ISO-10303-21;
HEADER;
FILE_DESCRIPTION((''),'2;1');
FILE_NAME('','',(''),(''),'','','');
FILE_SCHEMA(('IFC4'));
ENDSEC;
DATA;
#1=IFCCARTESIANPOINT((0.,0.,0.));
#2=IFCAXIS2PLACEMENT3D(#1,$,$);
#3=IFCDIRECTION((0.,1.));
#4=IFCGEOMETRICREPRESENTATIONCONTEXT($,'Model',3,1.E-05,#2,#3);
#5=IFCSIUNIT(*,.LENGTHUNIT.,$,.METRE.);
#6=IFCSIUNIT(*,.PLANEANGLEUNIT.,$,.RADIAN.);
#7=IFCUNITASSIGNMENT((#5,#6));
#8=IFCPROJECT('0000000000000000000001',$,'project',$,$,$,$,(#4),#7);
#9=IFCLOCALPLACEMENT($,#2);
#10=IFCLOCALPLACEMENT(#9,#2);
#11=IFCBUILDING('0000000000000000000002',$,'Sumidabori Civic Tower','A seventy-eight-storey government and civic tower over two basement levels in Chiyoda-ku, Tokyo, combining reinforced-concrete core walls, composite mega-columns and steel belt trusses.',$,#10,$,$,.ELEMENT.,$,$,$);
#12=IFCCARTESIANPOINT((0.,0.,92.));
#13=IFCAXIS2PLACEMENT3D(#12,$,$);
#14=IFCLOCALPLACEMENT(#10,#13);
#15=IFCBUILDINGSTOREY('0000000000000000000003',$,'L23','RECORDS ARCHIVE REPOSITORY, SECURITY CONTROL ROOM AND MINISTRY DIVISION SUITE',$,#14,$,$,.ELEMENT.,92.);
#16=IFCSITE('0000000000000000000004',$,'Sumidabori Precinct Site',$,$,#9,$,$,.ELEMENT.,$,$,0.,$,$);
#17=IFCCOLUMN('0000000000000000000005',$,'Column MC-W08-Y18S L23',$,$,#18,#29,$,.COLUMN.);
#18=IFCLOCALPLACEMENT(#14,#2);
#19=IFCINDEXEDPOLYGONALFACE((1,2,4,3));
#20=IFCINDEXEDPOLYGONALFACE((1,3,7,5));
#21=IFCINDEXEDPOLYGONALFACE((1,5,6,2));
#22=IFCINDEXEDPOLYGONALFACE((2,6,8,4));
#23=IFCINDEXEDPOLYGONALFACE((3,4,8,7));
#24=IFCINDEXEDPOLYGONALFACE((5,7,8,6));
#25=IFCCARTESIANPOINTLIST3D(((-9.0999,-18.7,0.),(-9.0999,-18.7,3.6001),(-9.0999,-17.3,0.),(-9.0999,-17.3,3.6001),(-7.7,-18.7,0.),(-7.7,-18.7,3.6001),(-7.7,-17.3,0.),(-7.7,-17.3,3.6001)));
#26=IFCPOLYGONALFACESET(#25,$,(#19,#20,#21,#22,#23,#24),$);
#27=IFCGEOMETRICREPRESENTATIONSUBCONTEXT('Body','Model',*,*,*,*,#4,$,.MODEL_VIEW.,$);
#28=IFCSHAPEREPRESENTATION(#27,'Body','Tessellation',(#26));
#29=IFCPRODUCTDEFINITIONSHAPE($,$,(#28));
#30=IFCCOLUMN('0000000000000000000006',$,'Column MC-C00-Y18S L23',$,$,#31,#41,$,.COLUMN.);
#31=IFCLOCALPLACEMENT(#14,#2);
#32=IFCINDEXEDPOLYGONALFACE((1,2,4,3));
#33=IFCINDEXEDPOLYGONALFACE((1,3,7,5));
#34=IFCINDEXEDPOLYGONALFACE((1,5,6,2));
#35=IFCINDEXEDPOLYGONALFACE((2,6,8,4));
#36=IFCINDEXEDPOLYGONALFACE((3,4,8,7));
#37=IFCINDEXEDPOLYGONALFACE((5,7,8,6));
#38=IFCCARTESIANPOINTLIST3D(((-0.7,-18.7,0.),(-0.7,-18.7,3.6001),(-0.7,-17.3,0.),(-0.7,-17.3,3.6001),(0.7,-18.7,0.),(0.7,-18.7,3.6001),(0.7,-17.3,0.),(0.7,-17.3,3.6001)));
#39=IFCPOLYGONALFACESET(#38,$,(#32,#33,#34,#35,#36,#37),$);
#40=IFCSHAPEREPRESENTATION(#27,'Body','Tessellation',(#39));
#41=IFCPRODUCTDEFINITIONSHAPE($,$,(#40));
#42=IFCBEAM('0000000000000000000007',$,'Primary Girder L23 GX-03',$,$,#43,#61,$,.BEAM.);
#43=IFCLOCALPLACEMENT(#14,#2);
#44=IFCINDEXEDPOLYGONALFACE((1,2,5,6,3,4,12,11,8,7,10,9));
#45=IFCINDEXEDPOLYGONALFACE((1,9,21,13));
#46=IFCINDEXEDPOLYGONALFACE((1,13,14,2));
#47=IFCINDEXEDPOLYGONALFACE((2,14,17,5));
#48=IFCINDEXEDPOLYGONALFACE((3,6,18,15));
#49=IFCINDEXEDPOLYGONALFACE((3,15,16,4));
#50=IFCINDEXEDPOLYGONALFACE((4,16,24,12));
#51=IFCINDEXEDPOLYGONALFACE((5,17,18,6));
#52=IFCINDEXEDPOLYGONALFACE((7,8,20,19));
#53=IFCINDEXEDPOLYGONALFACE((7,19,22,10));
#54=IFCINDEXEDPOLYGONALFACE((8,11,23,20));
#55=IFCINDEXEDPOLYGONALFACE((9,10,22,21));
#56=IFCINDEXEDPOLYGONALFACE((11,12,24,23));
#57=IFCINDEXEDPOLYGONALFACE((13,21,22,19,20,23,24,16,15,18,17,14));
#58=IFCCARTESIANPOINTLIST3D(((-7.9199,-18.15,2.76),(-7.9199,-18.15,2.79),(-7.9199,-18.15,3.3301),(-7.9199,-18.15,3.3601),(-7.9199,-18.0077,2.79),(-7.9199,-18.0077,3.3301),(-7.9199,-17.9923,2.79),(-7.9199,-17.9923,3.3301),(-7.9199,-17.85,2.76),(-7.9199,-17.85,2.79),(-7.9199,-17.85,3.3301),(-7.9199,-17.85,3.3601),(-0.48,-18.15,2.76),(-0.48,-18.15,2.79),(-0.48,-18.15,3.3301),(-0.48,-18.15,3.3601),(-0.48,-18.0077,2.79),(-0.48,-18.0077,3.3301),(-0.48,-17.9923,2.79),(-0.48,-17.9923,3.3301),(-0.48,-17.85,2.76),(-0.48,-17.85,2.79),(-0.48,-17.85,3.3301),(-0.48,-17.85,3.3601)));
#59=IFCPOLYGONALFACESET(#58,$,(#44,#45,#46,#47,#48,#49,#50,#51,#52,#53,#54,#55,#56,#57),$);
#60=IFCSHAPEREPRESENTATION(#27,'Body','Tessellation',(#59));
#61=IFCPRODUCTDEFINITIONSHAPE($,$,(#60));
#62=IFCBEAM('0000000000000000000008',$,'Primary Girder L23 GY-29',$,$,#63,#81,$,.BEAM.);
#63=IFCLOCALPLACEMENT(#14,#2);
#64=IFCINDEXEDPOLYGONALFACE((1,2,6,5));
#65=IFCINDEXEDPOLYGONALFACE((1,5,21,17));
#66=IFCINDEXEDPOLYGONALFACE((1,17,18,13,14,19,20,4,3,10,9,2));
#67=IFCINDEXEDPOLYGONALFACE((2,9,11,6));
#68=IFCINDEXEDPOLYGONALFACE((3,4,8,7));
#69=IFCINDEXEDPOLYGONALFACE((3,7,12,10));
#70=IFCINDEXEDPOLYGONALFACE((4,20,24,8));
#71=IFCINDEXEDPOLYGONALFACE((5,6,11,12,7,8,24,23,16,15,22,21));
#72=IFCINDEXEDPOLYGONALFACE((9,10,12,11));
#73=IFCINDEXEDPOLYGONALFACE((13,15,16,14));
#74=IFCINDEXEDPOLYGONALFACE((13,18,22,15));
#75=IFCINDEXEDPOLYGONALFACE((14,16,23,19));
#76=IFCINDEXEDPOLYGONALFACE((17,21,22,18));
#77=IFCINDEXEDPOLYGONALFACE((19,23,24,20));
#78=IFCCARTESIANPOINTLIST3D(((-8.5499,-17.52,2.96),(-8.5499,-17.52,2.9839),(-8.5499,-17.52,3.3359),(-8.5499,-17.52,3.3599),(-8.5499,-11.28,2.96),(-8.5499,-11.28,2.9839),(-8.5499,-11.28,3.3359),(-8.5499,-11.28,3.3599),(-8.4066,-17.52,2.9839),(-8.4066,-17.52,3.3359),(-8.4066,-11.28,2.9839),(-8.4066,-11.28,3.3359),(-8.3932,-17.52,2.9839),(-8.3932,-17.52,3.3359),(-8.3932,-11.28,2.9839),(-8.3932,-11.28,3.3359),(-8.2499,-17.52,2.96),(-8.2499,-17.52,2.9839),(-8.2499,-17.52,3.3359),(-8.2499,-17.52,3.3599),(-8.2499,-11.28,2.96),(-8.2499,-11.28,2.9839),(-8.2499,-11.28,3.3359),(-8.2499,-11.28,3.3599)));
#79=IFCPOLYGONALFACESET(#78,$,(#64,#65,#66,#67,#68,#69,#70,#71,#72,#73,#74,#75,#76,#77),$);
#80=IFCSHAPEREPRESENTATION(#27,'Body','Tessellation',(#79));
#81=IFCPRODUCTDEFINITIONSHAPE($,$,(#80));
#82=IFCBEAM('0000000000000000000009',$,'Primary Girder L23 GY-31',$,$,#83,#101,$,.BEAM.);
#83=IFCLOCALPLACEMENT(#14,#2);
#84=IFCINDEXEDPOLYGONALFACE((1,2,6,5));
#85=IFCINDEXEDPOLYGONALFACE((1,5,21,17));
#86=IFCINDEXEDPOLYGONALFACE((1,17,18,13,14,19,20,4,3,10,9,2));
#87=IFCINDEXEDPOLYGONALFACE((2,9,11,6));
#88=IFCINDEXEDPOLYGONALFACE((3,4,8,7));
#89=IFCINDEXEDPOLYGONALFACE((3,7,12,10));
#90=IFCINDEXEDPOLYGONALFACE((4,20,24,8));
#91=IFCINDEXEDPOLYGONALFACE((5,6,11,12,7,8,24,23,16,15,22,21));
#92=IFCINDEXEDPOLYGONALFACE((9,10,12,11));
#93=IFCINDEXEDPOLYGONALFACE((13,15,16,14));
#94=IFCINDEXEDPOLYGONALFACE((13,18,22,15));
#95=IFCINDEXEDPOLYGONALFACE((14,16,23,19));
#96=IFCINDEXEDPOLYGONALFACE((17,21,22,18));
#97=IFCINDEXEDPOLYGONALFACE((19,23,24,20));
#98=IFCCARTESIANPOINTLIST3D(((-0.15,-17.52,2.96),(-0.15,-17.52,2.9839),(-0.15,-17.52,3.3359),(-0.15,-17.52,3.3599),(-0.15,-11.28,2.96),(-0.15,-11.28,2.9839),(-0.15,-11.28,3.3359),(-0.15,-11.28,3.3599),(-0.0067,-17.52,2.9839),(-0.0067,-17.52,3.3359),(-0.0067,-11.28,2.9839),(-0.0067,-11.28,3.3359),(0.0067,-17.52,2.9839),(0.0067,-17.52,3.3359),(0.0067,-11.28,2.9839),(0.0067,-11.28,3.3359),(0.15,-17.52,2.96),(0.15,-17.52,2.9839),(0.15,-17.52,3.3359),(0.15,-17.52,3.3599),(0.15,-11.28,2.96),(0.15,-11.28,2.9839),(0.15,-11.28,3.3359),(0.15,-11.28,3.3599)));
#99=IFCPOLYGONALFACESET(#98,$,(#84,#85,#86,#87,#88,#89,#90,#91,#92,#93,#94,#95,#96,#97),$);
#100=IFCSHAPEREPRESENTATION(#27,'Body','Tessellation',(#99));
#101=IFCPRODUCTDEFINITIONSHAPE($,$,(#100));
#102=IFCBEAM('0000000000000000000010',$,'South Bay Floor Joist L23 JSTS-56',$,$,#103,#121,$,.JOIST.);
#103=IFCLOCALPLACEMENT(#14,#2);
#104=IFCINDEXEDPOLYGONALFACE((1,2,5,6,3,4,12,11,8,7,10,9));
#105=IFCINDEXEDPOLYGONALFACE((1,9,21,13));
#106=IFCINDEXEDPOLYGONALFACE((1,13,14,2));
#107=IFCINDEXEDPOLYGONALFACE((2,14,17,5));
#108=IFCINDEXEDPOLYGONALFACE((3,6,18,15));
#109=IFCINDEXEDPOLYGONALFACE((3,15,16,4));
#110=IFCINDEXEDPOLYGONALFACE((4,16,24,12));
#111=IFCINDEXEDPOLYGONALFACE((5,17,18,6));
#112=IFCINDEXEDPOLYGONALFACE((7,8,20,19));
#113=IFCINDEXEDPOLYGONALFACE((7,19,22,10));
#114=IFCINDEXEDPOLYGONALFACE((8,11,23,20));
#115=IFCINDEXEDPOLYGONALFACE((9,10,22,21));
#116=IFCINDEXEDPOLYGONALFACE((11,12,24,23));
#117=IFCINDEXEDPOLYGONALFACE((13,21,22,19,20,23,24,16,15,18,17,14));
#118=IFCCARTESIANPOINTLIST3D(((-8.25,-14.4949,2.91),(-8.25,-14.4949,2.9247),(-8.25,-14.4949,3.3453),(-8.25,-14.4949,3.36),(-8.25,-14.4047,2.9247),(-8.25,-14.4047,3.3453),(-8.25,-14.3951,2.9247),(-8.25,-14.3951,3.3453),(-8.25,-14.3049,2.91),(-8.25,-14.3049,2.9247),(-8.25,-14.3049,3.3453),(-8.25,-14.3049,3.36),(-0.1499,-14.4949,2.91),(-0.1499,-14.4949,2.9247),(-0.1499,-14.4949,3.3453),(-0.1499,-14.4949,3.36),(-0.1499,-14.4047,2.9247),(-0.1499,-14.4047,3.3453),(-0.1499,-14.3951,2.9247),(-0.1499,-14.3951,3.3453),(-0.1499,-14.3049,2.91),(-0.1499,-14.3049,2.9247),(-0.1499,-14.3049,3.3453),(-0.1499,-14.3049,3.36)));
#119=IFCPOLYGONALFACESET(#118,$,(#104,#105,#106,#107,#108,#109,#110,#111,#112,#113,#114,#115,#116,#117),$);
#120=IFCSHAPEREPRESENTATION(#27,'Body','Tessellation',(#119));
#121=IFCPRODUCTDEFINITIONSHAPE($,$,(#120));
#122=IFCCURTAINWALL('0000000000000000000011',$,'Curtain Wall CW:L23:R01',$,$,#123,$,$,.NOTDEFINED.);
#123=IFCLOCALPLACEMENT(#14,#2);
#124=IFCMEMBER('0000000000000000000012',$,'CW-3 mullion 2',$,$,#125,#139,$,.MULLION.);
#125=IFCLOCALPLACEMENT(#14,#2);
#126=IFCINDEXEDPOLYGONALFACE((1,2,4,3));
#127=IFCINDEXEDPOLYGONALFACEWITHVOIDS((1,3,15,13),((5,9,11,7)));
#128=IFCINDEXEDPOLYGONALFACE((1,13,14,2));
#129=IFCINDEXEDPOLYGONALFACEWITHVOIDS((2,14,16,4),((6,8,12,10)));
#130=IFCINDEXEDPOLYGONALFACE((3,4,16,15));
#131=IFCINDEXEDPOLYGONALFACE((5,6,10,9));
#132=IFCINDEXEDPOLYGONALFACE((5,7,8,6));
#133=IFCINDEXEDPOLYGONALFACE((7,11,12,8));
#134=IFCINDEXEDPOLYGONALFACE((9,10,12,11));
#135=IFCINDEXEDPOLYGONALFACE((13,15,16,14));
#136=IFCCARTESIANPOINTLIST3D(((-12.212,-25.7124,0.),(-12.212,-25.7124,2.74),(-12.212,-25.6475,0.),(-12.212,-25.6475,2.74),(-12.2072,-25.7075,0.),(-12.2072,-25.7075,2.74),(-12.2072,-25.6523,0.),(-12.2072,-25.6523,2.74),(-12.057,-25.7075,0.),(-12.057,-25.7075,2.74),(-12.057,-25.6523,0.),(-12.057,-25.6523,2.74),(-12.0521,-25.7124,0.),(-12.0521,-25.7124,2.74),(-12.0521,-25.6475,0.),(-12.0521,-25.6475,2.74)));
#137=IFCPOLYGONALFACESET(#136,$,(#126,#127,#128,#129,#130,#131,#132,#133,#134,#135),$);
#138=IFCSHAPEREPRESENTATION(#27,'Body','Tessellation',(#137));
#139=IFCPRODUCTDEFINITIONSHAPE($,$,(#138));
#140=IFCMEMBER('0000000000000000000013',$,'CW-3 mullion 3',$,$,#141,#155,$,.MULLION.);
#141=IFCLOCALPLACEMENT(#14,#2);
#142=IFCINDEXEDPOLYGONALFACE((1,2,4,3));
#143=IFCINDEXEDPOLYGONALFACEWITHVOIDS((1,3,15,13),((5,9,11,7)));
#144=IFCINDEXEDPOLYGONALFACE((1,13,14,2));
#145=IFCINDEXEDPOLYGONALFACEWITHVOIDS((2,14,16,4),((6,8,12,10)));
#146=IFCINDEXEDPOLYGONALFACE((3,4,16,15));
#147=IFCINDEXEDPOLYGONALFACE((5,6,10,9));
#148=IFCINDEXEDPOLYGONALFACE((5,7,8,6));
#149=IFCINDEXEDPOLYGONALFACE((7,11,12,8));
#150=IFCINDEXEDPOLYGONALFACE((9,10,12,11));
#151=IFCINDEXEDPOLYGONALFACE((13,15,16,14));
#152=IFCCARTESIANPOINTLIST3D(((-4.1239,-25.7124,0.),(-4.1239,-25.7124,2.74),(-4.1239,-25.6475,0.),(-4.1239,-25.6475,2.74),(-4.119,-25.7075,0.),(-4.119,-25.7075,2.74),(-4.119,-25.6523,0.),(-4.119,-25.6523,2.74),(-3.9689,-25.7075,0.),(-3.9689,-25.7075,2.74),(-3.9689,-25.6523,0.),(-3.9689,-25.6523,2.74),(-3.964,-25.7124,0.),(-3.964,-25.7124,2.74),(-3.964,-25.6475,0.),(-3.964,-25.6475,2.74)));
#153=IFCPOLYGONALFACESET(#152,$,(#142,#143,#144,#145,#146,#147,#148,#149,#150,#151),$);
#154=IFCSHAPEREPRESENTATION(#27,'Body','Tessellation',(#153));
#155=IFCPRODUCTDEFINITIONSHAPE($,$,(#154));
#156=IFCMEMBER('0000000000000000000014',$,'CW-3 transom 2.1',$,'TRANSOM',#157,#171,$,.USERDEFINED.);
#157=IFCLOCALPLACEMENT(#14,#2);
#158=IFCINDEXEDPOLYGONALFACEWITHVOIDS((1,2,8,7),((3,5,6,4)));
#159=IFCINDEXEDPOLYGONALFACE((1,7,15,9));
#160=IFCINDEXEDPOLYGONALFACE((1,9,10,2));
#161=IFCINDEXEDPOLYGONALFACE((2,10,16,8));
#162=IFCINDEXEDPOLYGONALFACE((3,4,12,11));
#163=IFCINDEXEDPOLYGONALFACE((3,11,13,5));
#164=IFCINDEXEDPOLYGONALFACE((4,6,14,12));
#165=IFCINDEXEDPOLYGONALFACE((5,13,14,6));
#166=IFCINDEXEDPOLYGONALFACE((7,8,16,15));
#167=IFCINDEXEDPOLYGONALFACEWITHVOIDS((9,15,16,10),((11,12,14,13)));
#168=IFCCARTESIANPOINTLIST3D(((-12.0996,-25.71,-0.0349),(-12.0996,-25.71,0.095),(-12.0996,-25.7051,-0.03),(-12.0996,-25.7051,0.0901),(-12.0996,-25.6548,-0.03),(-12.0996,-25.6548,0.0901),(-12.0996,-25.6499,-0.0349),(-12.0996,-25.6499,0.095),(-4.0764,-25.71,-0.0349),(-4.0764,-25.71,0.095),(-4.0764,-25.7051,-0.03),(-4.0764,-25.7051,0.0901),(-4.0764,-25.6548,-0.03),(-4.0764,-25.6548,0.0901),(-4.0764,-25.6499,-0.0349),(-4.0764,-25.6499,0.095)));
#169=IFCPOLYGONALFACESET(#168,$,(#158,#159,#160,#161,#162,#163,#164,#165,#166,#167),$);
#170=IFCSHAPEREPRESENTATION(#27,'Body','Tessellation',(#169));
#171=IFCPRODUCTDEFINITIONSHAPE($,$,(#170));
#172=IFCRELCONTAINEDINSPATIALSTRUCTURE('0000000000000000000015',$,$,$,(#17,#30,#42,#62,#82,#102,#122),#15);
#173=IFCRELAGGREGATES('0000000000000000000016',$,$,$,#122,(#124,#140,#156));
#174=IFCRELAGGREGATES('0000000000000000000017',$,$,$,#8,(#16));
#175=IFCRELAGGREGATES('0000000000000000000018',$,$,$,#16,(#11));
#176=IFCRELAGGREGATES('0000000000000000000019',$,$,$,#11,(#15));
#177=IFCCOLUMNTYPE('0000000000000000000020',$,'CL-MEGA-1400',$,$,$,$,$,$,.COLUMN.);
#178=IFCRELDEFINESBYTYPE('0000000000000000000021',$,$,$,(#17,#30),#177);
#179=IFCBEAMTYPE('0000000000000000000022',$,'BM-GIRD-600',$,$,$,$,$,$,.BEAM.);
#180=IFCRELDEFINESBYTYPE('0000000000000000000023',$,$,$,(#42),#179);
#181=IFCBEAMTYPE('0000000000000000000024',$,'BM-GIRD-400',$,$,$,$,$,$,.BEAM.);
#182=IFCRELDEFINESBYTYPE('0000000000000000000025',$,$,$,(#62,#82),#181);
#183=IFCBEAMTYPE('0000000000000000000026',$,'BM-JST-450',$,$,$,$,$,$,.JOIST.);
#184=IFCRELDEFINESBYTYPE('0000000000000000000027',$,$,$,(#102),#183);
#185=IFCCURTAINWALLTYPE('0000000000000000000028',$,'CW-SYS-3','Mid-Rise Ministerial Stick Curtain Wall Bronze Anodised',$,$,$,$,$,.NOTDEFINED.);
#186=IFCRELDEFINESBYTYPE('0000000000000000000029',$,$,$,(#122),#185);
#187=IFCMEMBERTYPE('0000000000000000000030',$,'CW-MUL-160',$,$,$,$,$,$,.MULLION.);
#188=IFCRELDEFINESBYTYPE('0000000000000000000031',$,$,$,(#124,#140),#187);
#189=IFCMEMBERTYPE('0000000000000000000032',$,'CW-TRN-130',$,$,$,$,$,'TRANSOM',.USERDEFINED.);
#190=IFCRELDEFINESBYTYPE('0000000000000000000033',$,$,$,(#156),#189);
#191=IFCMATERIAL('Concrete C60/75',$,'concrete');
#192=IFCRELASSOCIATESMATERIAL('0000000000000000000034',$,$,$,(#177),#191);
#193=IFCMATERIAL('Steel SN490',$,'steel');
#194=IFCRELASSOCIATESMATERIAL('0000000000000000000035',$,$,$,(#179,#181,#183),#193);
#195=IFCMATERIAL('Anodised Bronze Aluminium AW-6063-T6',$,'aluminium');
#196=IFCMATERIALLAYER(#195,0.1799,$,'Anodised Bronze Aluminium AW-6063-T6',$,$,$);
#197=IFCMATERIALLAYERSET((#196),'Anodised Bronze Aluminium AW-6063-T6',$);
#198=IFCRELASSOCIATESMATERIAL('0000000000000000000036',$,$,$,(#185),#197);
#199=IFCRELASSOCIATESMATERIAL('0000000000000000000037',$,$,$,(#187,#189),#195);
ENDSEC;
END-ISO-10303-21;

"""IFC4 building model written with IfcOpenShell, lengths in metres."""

from ifc_helpers import new_model, si_unit, direction, frame, origin, origin_2d, place, context, subcontext, project, spatial, rectangle, hollow_rectangle, i_section, extrude, source, transform, mapped, material, layer, layer_set, material_profile, profile_set, type_object, element, aggregate, save


model = new_model("IFC4")

# Units and contexts
model_context = context("Model", 3, precision=1e-05, world=origin(), true_north=direction((0.0, 1.0)))
body_context = subcontext(model_context, "Body", "Model", "MODEL_VIEW")
ifc_project = project(units=[si_unit("LENGTHUNIT", "METRE"), si_unit("PLANEANGLEUNIT", "RADIAN")], contexts=[model_context])

# Site, building, storey
site_placement = place(None, origin())
site = spatial("IfcSite", under=ifc_project, at=site_placement, Name="Sumidabori Precinct Site", CompositionType="ELEMENT", RefElevation=0.0)
building_placement = place(site_placement, origin())
building = spatial("IfcBuilding", under=site, at=building_placement, Name="Sumidabori Civic Tower", Description="A seventy-eight-storey government and civic tower over two basement levels in Chiyoda-ku, Tokyo, combining reinforced-concrete core walls, composite mega-columns and steel belt trusses.", CompositionType="ELEMENT")
storey_placement = place(building_placement, frame((0.0, 0.0, 92.0)))
storey = spatial("IfcBuildingStorey", under=building, at=storey_placement, Name="L23", Description="RECORDS ARCHIVE REPOSITORY, SECURITY CONTROL ROOM AND MINISTRY DIVISION SUITE", CompositionType="ELEMENT", Elevation=92.0)

# Columns
ifc_material_1 = material(Name="Concrete C60/75", Category="concrete")
ifc_material_profile_1 = material_profile(ifc_material_1, rectangle(XDim=1.3999, YDim=1.3999, at=origin_2d()), Name="RC 1400x1400")
ifc_profile_set_1 = profile_set([ifc_material_profile_1], Name="Concrete C60/75")
column_type = type_object("IfcColumnType", Name="CL-MEGA-1400", PredefinedType="COLUMN", material=ifc_profile_set_1)
shared_shape_1 = source(origin(), body_context, "Body", "SweptSolid", [
    extrude(rectangle(XDim=1.3999, YDim=1.3999, at=origin_2d()), origin(), (0.0, 0.0, 1.0), 3.6001),
])
for number, where, z_axis, x_axis, name in (
    (1, (-8.3999, -18.0, 0.0), (0.0, 0.0, 1.0), (1.0, 0.0, 0.0), "Column MC-W08-Y18S L23"),
    (2, (0.0, -18.0, 0.0), (0.0, 0.0, 1.0), (1.0, 0.0, 0.0), "Column MC-C00-Y18S L23"),
):
    element("IfcColumn", number, at=place(storey_placement, frame(where, z_axis=z_axis, x_axis=x_axis)), inside=storey, type_object=column_type, Name=name, PredefinedType="COLUMN", context=body_context, shape_type="MappedRepresentation", body=[
        mapped(shared_shape_1, transform((0.0, 0.0, 0.0), x_axis=(1.0, 0.0, 0.0), y_axis=(0.0, 1.0, 0.0), z_axis=(0.0, 0.0, 1.0), scale=1.0)),
    ])

# Beams
ifc_material_2 = material(Name="Steel SN490", Category="steel")
ifc_material_profile_2 = material_profile(ifc_material_2, i_section(OverallWidth=0.3, OverallDepth=0.6001, WebThickness=0.0154, FlangeThickness=0.03, at=origin_2d()), Name="HE 600 B")
ifc_profile_set_2 = profile_set([ifc_material_profile_2], Name="Steel SN490")
beam_type_1 = type_object("IfcBeamType", Name="BM-GIRD-600", PredefinedType="BEAM", material=ifc_profile_set_2)
shared_shape_2 = source(origin(), body_context, "Body", "SweptSolid", [
    extrude(i_section(OverallWidth=0.3, OverallDepth=0.6001, WebThickness=0.0154, FlangeThickness=0.03, at=origin_2d()), origin(), (0.0, 0.0, 1.0), 7.4399),
])
beam_1_placement = place(storey_placement, frame((-7.9199, -18.0, 3.0601), z_axis=(1.0, 0.0, 0.0), x_axis=(0.0, 1.0, 0.0)))
element("IfcBeam", 3, at=beam_1_placement, inside=storey, type_object=beam_type_1, Name="Primary Girder L23 GX-03", PredefinedType="BEAM", context=body_context, shape_type="MappedRepresentation", body=[
    mapped(shared_shape_2, transform((0.0, 0.0, 0.0), x_axis=(1.0, 0.0, 0.0), y_axis=(0.0, 1.0, 0.0), z_axis=(0.0, 0.0, 1.0), scale=1.0)),
])
ifc_material_profile_3 = material_profile(ifc_material_2, i_section(OverallWidth=0.3, OverallDepth=0.3999, WebThickness=0.0134, FlangeThickness=0.0239, at=origin_2d()), Name="HE 400 B")
ifc_profile_set_3 = profile_set([ifc_material_profile_3], Name="Steel SN490")
beam_type_2 = type_object("IfcBeamType", Name="BM-GIRD-400", PredefinedType="BEAM", material=ifc_profile_set_3)
shared_shape_3 = source(origin(), body_context, "Body", "SweptSolid", [
    extrude(i_section(OverallWidth=0.3, OverallDepth=0.3999, WebThickness=0.0134, FlangeThickness=0.0239, at=origin_2d()), origin(), (0.0, 0.0, 1.0), 6.24),
])
for number, where, z_axis, x_axis, name in (
    (4, (-8.3999, -17.52, 3.1599), (0.0, 1.0, 0.0), (-1.0, 0.0, 0.0), "Primary Girder L23 GY-29"),
    (5, (0.0, -17.52, 3.1599), (0.0, 1.0, 0.0), (-1.0, 0.0, 0.0), "Primary Girder L23 GY-31"),
):
    element("IfcBeam", number, at=place(storey_placement, frame(where, z_axis=z_axis, x_axis=x_axis)), inside=storey, type_object=beam_type_2, Name=name, PredefinedType="BEAM", context=body_context, shape_type="MappedRepresentation", body=[
        mapped(shared_shape_3, transform((0.0, 0.0, 0.0), x_axis=(1.0, 0.0, 0.0), y_axis=(0.0, 1.0, 0.0), z_axis=(0.0, 0.0, 1.0), scale=1.0)),
    ])
ifc_material_profile_4 = material_profile(ifc_material_2, i_section(OverallWidth=0.1899, OverallDepth=0.45, WebThickness=0.0095, FlangeThickness=0.0146, at=origin_2d()), Name="IPE 450")
ifc_profile_set_4 = profile_set([ifc_material_profile_4], Name="Steel SN490")
beam_type_3 = type_object("IfcBeamType", Name="BM-JST-450", PredefinedType="JOIST", material=ifc_profile_set_4)
shared_shape_4 = source(origin(), body_context, "Body", "SweptSolid", [
    extrude(i_section(OverallWidth=0.1899, OverallDepth=0.45, WebThickness=0.0095, FlangeThickness=0.0146, at=origin_2d()), origin(), (0.0, 0.0, 1.0), 8.1001),
])
beam_2_placement = place(storey_placement, frame((-8.25, -14.3999, 3.135), z_axis=(1.0, 0.0, 0.0), x_axis=(0.0, 1.0, 0.0)))
element("IfcBeam", 6, at=beam_2_placement, inside=storey, type_object=beam_type_3, Name="South Bay Floor Joist L23 JSTS-56", PredefinedType="JOIST", context=body_context, shape_type="MappedRepresentation", body=[
    mapped(shared_shape_4, transform((0.0, 0.0, 0.0), x_axis=(1.0, 0.0, 0.0), y_axis=(0.0, 1.0, 0.0), z_axis=(0.0, 0.0, 1.0), scale=1.0)),
])

# Curtain wall, members
ifc_material_3 = material(Name="Anodised Bronze Aluminium AW-6063-T6", Category="aluminium")
ifc_layer_1 = layer(ifc_material_3, 0.1799, Name="Anodised Bronze Aluminium AW-6063-T6")
ifc_layer_set_1 = layer_set([ifc_layer_1], Name="Anodised Bronze Aluminium AW-6063-T6")
curtain_wall_type = type_object("IfcCurtainWallType", Name="CW-SYS-3", Description="Mid-Rise Ministerial Stick Curtain Wall Bronze Anodised", PredefinedType="NOTDEFINED", material=ifc_layer_set_1)
curtain_wall_placement = place(storey_placement, origin())
curtain_wall = element("IfcCurtainWall", 7, at=curtain_wall_placement, inside=storey, type_object=curtain_wall_type, Name="Curtain Wall CW:L23:R01", PredefinedType="NOTDEFINED")
ifc_material_profile_5 = material_profile(ifc_material_3, hollow_rectangle(XDim=0.0649, YDim=0.1599, WallThickness=0.0049, at=origin_2d()), Name="ALU MULLION 160x65")
ifc_profile_set_5 = profile_set([ifc_material_profile_5], Name="Anodised Bronze Aluminium AW-6063-T6")
member_type_1 = type_object("IfcMemberType", Name="CW-MUL-160", PredefinedType="MULLION", material=ifc_profile_set_5)
shared_shape_5 = source(origin(), body_context, "Body", "SweptSolid", [
    extrude(hollow_rectangle(XDim=0.0649, YDim=0.1599, WallThickness=0.0049, at=origin_2d()), origin(), (0.0, 0.0, 1.0), 2.74),
])
member_1_placement = place(storey_placement, frame((-12.1321, -25.6799, 0.0), z_axis=(0.0, 0.0, 1.0), x_axis=(0.0, 1.0, 0.0)))
member_1 = element("IfcMember", 8, at=member_1_placement, type_object=member_type_1, Name="CW-3 mullion 2", PredefinedType="MULLION", context=body_context, shape_type="MappedRepresentation", body=[
    mapped(shared_shape_5, transform((0.0, 0.0, 0.0), x_axis=(1.0, 0.0, 0.0), y_axis=(0.0, 1.0, 0.0), z_axis=(0.0, 0.0, 1.0), scale=1.0)),
])
member_2_placement = place(storey_placement, frame((-4.0439, -25.6799, 0.0), z_axis=(0.0, 0.0, 1.0), x_axis=(0.0, 1.0, 0.0)))
member_2 = element("IfcMember", 9, at=member_2_placement, type_object=member_type_1, Name="CW-3 mullion 3", PredefinedType="MULLION", context=body_context, shape_type="MappedRepresentation", body=[
    mapped(shared_shape_5, transform((0.0, 0.0, 0.0), x_axis=(1.0, 0.0, 0.0), y_axis=(0.0, 1.0, 0.0), z_axis=(0.0, 0.0, 1.0), scale=1.0)),
])
ifc_material_profile_6 = material_profile(ifc_material_3, hollow_rectangle(XDim=0.0601, YDim=0.1299, WallThickness=0.0049, at=origin_2d()), Name="ALU TRANSOM 130x60")
ifc_profile_set_6 = profile_set([ifc_material_profile_6], Name="Anodised Bronze Aluminium AW-6063-T6")
member_type_2 = type_object("IfcMemberType", Name="CW-TRN-130", ElementType="TRANSOM", PredefinedType="USERDEFINED", material=ifc_profile_set_6)
shared_shape_6 = source(origin(), body_context, "Body", "SweptSolid", [
    extrude(hollow_rectangle(XDim=0.0601, YDim=0.1299, WallThickness=0.0049, at=origin_2d()), origin(), (0.0, 0.0, 1.0), 8.0232),
])
member_3_placement = place(storey_placement, frame((-12.0996, -25.6799, 0.03), z_axis=(1.0, 0.0, 0.0), x_axis=(0.0, 1.0, 0.0)))
member_3 = element("IfcMember", 10, at=member_3_placement, type_object=member_type_2, Name="CW-3 transom 2.1", ObjectType="TRANSOM", PredefinedType="USERDEFINED", context=body_context, shape_type="MappedRepresentation", body=[
    mapped(shared_shape_6, transform((0.0, 0.0, 0.0), x_axis=(1.0, 0.0, 0.0), y_axis=(0.0, 1.0, 0.0), z_axis=(0.0, 0.0, 1.0), scale=1.0)),
])
aggregate(curtain_wall, [member_1, member_2, member_3])

save(model, "model.ifc")
